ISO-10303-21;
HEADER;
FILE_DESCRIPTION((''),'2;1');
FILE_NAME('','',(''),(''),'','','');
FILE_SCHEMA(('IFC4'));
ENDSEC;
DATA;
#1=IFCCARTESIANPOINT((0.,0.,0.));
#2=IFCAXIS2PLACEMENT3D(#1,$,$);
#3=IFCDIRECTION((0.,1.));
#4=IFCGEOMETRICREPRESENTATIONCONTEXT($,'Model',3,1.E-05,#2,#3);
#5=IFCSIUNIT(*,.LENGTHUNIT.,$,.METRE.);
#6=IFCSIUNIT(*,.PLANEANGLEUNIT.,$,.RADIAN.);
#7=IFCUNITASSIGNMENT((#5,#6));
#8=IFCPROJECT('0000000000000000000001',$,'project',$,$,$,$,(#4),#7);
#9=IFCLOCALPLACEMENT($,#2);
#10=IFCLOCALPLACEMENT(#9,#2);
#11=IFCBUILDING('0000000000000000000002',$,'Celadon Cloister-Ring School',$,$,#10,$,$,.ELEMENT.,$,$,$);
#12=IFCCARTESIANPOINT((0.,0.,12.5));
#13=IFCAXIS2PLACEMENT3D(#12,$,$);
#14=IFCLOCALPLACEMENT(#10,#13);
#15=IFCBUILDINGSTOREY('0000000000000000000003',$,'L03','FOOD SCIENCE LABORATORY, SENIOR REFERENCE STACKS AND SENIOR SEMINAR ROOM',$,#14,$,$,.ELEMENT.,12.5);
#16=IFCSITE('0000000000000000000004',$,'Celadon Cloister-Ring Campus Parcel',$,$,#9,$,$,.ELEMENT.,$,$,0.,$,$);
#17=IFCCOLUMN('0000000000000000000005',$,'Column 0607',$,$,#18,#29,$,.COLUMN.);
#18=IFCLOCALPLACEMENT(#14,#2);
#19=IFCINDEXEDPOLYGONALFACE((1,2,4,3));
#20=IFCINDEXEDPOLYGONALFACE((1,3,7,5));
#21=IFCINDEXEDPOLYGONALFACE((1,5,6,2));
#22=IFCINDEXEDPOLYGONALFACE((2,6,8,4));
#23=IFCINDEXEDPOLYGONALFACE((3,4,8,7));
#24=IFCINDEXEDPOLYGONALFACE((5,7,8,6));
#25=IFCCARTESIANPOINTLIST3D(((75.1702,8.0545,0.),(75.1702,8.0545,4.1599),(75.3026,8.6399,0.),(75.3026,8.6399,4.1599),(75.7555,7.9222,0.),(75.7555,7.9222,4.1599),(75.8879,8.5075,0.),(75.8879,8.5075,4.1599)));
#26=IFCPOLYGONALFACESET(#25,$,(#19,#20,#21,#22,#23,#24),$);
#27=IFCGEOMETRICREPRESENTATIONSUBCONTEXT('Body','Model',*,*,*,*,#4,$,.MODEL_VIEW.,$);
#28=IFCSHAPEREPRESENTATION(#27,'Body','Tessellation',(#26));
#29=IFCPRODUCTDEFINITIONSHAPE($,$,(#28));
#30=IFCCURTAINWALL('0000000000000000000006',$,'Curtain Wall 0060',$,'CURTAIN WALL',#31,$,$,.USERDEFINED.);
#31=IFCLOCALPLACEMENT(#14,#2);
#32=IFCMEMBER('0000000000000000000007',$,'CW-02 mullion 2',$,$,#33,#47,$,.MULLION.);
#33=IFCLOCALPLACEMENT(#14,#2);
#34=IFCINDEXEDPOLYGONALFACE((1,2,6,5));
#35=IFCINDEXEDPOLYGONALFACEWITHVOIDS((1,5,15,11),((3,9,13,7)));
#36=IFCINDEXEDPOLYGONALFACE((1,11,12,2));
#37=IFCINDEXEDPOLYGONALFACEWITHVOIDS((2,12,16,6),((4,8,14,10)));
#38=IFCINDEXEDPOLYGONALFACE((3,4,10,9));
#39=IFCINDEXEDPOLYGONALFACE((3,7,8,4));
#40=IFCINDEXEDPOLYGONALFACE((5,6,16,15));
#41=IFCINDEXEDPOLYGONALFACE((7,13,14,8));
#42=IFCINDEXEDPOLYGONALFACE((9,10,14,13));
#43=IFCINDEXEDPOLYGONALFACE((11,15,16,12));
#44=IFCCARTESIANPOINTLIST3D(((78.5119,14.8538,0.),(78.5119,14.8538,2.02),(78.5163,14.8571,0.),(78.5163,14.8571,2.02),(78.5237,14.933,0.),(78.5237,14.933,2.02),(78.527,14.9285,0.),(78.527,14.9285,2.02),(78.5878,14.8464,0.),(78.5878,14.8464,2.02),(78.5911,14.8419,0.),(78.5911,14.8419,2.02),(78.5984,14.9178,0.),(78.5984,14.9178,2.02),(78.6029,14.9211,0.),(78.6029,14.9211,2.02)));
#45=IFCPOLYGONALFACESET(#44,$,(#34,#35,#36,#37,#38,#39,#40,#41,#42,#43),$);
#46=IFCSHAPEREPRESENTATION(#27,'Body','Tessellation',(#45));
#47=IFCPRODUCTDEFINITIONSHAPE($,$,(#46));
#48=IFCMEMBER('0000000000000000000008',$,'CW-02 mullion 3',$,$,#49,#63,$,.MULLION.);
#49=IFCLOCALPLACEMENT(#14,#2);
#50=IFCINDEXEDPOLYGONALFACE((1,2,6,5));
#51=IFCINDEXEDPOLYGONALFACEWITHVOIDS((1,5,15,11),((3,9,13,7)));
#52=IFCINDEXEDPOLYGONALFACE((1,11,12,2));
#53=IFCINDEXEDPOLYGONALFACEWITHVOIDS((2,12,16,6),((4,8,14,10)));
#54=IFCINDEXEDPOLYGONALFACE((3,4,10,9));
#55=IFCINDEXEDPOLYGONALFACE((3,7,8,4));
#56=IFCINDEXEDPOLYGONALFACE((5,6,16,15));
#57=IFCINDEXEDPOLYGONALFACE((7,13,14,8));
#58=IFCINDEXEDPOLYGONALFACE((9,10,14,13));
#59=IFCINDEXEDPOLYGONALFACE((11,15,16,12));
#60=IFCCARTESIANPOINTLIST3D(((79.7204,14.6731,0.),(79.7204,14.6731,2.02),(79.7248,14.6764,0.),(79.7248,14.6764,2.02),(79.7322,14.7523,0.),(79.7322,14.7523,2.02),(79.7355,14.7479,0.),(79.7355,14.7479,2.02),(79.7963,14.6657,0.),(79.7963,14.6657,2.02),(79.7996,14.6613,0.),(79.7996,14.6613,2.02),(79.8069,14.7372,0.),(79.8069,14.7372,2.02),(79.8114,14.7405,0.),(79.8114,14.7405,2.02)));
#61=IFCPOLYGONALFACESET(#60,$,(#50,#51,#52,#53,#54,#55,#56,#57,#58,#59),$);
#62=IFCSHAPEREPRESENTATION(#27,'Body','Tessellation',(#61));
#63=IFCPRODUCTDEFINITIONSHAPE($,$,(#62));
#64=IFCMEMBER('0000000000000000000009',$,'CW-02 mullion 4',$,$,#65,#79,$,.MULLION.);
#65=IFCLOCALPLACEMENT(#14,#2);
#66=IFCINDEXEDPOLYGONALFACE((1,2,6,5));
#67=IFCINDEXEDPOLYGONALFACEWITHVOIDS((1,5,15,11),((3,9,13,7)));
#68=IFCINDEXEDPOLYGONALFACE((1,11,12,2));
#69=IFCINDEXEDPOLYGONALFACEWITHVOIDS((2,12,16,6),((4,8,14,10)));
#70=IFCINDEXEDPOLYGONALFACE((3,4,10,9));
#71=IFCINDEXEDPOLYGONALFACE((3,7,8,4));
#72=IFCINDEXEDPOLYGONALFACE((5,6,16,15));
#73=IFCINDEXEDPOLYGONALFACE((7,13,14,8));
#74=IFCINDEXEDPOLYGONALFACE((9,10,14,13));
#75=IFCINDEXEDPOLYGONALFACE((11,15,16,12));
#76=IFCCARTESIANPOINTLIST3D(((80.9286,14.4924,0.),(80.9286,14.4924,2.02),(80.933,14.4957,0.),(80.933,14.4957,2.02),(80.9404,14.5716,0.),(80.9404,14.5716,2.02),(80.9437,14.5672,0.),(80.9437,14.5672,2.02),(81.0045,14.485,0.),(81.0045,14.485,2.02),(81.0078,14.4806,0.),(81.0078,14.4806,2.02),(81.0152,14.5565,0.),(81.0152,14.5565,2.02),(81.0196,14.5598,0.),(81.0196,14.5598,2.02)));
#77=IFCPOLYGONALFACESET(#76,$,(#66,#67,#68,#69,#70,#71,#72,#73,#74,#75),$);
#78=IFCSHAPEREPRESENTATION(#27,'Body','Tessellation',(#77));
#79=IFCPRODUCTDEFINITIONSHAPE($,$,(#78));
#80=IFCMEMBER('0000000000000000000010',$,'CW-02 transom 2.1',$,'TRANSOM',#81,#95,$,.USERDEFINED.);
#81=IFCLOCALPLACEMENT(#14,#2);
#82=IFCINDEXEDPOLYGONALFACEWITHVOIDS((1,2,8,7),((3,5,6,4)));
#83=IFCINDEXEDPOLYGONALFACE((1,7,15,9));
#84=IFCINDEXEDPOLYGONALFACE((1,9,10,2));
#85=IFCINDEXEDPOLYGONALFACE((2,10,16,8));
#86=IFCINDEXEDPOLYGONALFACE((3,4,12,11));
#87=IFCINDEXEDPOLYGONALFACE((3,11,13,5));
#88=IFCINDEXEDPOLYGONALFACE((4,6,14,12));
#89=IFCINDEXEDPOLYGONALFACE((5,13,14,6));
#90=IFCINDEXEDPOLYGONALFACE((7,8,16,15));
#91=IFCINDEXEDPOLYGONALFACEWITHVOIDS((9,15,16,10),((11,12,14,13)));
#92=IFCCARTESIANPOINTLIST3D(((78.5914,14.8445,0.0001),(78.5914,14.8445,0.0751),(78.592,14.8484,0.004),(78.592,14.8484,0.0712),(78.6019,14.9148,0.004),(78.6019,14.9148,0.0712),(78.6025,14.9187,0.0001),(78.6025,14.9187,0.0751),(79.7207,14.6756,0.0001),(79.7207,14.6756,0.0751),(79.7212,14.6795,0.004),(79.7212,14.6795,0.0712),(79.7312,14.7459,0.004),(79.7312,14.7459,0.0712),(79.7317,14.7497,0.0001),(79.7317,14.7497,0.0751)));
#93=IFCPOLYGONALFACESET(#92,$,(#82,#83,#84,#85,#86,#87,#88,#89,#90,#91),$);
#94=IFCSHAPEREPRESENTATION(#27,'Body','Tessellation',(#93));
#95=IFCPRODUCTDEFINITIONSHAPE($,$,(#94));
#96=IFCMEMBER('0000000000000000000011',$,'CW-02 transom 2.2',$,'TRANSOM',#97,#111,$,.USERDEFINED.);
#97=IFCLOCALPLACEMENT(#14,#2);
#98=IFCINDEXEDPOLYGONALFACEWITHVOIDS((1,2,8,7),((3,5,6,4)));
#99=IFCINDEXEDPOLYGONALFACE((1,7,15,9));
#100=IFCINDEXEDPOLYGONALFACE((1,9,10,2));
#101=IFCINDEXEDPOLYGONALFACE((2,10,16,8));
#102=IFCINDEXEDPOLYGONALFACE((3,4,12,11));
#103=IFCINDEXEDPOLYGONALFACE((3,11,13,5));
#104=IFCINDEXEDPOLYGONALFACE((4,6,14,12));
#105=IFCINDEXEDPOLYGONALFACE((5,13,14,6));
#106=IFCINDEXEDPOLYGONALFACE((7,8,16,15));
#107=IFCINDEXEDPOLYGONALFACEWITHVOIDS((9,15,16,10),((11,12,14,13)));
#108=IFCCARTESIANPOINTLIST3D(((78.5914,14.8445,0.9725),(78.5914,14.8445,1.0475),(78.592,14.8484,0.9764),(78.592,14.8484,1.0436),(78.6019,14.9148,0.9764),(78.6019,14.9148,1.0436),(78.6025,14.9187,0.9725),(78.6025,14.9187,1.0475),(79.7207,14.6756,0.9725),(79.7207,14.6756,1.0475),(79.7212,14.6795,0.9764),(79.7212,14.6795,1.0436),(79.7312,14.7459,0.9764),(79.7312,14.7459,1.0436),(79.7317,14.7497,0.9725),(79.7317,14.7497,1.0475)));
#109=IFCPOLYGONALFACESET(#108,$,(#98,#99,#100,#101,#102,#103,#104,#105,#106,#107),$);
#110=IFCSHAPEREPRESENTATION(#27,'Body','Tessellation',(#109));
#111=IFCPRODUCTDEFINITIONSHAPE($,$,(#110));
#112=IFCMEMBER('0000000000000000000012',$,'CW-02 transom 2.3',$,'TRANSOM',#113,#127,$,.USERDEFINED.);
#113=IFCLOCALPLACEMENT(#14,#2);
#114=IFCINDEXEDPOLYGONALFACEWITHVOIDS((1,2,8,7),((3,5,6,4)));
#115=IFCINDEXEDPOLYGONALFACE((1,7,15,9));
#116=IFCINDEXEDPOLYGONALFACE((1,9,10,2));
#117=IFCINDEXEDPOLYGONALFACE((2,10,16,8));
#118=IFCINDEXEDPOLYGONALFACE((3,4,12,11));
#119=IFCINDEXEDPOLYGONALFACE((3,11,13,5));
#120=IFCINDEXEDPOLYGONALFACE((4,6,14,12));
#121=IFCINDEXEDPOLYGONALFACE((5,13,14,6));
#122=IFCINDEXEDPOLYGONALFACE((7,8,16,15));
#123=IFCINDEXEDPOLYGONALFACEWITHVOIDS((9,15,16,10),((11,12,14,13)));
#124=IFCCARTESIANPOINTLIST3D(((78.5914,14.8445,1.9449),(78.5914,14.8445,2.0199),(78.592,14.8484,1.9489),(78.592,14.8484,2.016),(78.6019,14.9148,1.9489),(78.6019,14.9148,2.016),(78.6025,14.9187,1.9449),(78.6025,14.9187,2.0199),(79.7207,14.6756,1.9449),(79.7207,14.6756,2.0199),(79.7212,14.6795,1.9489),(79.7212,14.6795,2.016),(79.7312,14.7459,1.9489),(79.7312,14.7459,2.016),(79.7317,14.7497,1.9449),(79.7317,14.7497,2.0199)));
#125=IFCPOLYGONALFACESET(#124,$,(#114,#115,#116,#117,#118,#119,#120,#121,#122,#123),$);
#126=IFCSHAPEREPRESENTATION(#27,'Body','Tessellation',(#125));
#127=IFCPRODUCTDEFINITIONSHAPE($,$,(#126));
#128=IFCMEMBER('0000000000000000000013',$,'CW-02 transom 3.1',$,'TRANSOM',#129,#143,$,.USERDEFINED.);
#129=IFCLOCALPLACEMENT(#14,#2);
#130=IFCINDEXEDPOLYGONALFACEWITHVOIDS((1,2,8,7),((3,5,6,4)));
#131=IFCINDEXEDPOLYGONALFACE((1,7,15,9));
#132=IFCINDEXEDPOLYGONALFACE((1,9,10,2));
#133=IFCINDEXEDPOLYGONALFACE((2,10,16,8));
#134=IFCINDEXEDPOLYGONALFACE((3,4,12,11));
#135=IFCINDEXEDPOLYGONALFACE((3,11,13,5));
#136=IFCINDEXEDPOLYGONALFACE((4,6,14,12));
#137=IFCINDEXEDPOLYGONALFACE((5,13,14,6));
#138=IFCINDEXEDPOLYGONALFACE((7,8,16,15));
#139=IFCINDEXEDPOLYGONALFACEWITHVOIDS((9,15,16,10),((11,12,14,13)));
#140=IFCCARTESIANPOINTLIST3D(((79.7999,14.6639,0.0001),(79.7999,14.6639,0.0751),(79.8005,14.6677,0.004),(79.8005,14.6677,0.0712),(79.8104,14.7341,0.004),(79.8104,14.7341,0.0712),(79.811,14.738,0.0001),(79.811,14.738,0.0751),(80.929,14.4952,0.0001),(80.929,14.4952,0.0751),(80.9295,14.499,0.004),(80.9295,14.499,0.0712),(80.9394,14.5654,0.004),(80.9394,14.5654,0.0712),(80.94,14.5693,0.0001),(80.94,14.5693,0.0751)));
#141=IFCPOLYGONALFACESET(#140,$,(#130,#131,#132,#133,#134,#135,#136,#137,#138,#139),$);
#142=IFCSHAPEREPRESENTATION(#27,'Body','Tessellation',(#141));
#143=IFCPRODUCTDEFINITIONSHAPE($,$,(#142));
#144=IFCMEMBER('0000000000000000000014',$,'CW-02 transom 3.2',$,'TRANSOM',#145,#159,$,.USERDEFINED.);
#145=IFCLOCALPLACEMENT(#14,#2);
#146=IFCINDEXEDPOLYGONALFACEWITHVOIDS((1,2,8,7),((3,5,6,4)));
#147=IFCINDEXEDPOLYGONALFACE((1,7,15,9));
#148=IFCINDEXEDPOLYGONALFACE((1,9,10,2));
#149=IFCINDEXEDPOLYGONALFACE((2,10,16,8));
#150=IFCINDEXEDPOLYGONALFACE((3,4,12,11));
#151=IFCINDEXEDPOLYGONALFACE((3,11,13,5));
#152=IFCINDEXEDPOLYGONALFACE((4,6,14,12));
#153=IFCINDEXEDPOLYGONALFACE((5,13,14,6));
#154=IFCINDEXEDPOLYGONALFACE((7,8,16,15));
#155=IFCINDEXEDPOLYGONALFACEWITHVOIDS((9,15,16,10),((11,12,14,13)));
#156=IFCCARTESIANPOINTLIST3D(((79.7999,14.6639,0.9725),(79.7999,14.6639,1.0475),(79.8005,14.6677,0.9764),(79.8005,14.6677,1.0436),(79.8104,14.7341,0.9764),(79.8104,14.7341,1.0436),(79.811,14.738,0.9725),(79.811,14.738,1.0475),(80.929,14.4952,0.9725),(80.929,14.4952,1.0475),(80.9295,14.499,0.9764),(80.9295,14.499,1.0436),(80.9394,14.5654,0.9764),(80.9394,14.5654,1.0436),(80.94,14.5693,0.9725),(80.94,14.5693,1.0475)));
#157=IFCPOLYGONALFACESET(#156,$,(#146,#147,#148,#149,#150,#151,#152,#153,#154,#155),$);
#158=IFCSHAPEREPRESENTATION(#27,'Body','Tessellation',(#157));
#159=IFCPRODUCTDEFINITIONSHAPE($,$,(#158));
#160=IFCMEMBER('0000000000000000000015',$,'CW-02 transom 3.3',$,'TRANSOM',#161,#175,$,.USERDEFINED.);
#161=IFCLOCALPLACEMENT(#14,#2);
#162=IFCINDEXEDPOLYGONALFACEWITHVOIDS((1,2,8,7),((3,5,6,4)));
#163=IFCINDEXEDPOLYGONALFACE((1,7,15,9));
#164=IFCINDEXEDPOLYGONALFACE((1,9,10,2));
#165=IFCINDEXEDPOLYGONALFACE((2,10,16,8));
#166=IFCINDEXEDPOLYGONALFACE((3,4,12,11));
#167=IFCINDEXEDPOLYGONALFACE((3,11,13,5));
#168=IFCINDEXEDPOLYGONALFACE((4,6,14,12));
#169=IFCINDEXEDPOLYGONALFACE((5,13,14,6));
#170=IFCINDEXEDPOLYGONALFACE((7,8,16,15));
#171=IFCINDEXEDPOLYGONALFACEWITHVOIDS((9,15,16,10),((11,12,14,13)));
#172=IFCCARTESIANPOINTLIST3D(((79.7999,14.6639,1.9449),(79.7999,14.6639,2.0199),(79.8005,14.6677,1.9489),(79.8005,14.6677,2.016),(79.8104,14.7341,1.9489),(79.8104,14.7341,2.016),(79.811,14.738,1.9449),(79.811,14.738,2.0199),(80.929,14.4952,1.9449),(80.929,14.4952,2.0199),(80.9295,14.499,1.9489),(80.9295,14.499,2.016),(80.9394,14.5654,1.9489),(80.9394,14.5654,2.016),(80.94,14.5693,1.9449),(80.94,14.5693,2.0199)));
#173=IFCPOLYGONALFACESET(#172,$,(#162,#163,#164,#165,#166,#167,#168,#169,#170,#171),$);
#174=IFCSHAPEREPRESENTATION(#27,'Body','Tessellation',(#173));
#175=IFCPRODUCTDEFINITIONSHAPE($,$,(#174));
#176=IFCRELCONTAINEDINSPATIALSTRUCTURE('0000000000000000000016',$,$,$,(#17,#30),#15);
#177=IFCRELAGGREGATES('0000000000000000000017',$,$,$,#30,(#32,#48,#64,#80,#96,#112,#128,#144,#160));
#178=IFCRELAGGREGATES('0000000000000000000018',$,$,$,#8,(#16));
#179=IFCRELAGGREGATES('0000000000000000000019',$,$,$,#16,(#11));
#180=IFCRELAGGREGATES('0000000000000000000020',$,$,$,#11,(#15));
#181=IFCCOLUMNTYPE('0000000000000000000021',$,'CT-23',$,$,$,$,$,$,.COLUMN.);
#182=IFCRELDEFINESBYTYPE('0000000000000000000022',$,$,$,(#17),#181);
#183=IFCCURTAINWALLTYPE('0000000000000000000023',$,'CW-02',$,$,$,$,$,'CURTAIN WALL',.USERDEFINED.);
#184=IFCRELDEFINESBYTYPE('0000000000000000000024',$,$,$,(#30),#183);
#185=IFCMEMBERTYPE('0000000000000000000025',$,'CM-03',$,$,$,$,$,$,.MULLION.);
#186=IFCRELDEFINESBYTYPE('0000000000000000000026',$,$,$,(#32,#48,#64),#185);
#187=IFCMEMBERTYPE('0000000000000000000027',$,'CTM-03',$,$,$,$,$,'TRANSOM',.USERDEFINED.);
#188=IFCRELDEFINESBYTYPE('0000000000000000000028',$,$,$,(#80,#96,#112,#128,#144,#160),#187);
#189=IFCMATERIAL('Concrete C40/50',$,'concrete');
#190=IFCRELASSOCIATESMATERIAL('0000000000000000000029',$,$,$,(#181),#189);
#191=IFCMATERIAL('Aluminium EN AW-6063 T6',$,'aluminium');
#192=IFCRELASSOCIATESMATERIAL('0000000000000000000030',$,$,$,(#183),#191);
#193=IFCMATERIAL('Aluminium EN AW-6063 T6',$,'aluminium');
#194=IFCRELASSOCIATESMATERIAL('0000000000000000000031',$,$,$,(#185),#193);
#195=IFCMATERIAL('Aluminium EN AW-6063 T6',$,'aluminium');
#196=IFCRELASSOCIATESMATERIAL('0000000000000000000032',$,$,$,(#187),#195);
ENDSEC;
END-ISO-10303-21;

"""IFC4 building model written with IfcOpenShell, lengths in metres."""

from ifc_helpers import new_model, si_unit, direction, frame, origin, origin_2d, place, context, subcontext, project, spatial, rectangle, hollow_rectangle, extrude, material, material_profile, profile_set, type_object, element, aggregate, save


model = new_model("IFC4")

# Units and contexts
model_context = context("Model", 3, precision=1e-05, world=origin(), true_north=direction((0.0, 1.0)))
body_context = subcontext(model_context, "Body", "Model", "MODEL_VIEW")
ifc_project = project(units=[si_unit("LENGTHUNIT", "METRE"), si_unit("PLANEANGLEUNIT", "RADIAN")], contexts=[model_context])

# Site, building, storey
site_placement = place(None, origin())
site = spatial("IfcSite", under=ifc_project, at=site_placement, Name="Celadon Cloister-Ring Campus Parcel", CompositionType="ELEMENT", RefElevation=0.0)
building_placement = place(site_placement, origin())
building = spatial("IfcBuilding", under=site, at=building_placement, Name="Celadon Cloister-Ring School", CompositionType="ELEMENT")
storey_placement = place(building_placement, frame((0.0, 0.0, 12.5)))
storey = spatial("IfcBuildingStorey", under=building, at=storey_placement, Name="L03", Description="FOOD SCIENCE LABORATORY, SENIOR REFERENCE STACKS AND SENIOR SEMINAR ROOM", CompositionType="ELEMENT", Elevation=12.5)

# Column
ifc_material_1 = material(Name="Concrete C40/50", Category="concrete")
ifc_material_profile_1 = material_profile(ifc_material_1, rectangle(XDim=0.6001, YDim=0.6001, at=origin_2d()), Name="RC600X600")
ifc_profile_set_1 = profile_set([ifc_material_profile_1], Name="Concrete C40/50")
column_type = type_object("IfcColumnType", Name="CT-23", PredefinedType="COLUMN", material=ifc_profile_set_1)
column_placement = place(storey_placement, frame((75.5291, 8.281, 0.0), z_axis=(0.0, 0.0, 1.0), x_axis=(-0.220595, -0.975365, 0.0)))
element("IfcColumn", 1, at=column_placement, inside=storey, type_object=column_type, Name="Column 0607", PredefinedType="COLUMN", context=body_context, shape_type="SweptSolid", body=[
    extrude(rectangle(XDim=0.6001, YDim=0.6001, at=origin_2d()), origin(), (0.0, 0.0, 1.0), 4.1599),
])

# Curtain wall, members
ifc_material_2 = material(Name="Aluminium EN AW-6063 T6", Category="aluminium")
curtain_wall_type = type_object("IfcCurtainWallType", Name="CW-02", ElementType="CURTAIN WALL", PredefinedType="USERDEFINED", material=ifc_material_2)
curtain_wall_placement = place(storey_placement, origin())
curtain_wall = element("IfcCurtainWall", 2, at=curtain_wall_placement, inside=storey, type_object=curtain_wall_type, Name="Curtain Wall 0060", ObjectType="CURTAIN WALL", PredefinedType="USERDEFINED")
ifc_material_3 = material(Name="Aluminium EN AW-6063 T6", Category="aluminium")
ifc_material_profile_2 = material_profile(ifc_material_3, hollow_rectangle(XDim=0.0801, YDim=0.0801, WallThickness=0.0039, at=origin_2d()), Name="RHS80X80X4")
ifc_profile_set_2 = profile_set([ifc_material_profile_2], Name="Aluminium EN AW-6063 T6")
member_type_1 = type_object("IfcMemberType", Name="CM-03", PredefinedType="MULLION", material=ifc_profile_set_2)
member_1_placement = place(storey_placement, frame((78.5574, 14.8875, 0.0), z_axis=(0.0, 0.0, 1.0), x_axis=(0.147812, 0.989015, 0.0)))
member_1 = element("IfcMember", 3, at=member_1_placement, type_object=member_type_1, Name="CW-02 mullion 2", PredefinedType="MULLION", context=body_context, shape_type="SweptSolid", body=[
    extrude(hollow_rectangle(XDim=0.0801, YDim=0.0801, WallThickness=0.0039, at=origin_2d()), origin(), (0.0, 0.0, 1.0), 2.02),
])
member_2_placement = place(storey_placement, frame((79.7659, 14.7068, 0.0), z_axis=(0.0, 0.0, 1.0), x_axis=(0.147812, 0.989015, 0.0)))
member_2 = element("IfcMember", 4, at=member_2_placement, type_object=member_type_1, Name="CW-02 mullion 3", PredefinedType="MULLION", context=body_context, shape_type="SweptSolid", body=[
    extrude(hollow_rectangle(XDim=0.0801, YDim=0.0801, WallThickness=0.0039, at=origin_2d()), origin(), (0.0, 0.0, 1.0), 2.02),
])
member_3_placement = place(storey_placement, frame((80.9741, 14.5261, 0.0), z_axis=(0.0, 0.0, 1.0), x_axis=(0.147812, 0.989015, 0.0)))
member_3 = element("IfcMember", 5, at=member_3_placement, type_object=member_type_1, Name="CW-02 mullion 4", PredefinedType="MULLION", context=body_context, shape_type="SweptSolid", body=[
    extrude(hollow_rectangle(XDim=0.0801, YDim=0.0801, WallThickness=0.0039, at=origin_2d()), origin(), (0.0, 0.0, 1.0), 2.02),
])
ifc_material_4 = material(Name="Aluminium EN AW-6063 T6", Category="aluminium")
ifc_material_profile_3 = material_profile(ifc_material_4, hollow_rectangle(XDim=0.075, YDim=0.075, WallThickness=0.0039, at=origin_2d()), Name="RHS75X75X4")
ifc_profile_set_3 = profile_set([ifc_material_profile_3], Name="Aluminium EN AW-6063 T6")
member_type_2 = type_object("IfcMemberType", Name="CTM-03", ElementType="TRANSOM", PredefinedType="USERDEFINED", material=ifc_profile_set_3)
member_4_placement = place(storey_placement, frame((78.5969, 14.8816, 0.0376), z_axis=(0.988996, -0.147943, 0.0), x_axis=(0.147943, 0.988996, 0.0)))
member_4 = element("IfcMember", 6, at=member_4_placement, type_object=member_type_2, Name="CW-02 transom 2.1", ObjectType="TRANSOM", PredefinedType="USERDEFINED", context=body_context, shape_type="SweptSolid", body=[
    extrude(hollow_rectangle(XDim=0.075, YDim=0.075, WallThickness=0.0039, at=origin_2d()), origin(), (0.0, 0.0, 1.0), 1.1418),
])
member_5_placement = place(storey_placement, frame((78.5969, 14.8816, 1.01), z_axis=(0.988996, -0.147943, 0.0), x_axis=(0.147943, 0.988996, 0.0)))
member_5 = element("IfcMember", 7, at=member_5_placement, type_object=member_type_2, Name="CW-02 transom 2.2", ObjectType="TRANSOM", PredefinedType="USERDEFINED", context=body_context, shape_type="SweptSolid", body=[
    extrude(hollow_rectangle(XDim=0.075, YDim=0.075, WallThickness=0.0039, at=origin_2d()), origin(), (0.0, 0.0, 1.0), 1.1418),
])
member_6_placement = place(storey_placement, frame((78.5969, 14.8816, 1.9824), z_axis=(0.988996, -0.147943, 0.0), x_axis=(0.147943, 0.988996, 0.0)))
member_6 = element("IfcMember", 8, at=member_6_placement, type_object=member_type_2, Name="CW-02 transom 2.3", ObjectType="TRANSOM", PredefinedType="USERDEFINED", context=body_context, shape_type="SweptSolid", body=[
    extrude(hollow_rectangle(XDim=0.075, YDim=0.075, WallThickness=0.0039, at=origin_2d()), origin(), (0.0, 0.0, 1.0), 1.1418),
])
member_7_placement = place(storey_placement, frame((79.8054, 14.7009, 0.0376), z_axis=(0.989022, -0.147765, 0.0), x_axis=(0.147765, 0.989022, 0.0)))
member_7 = element("IfcMember", 9, at=member_7_placement, type_object=member_type_2, Name="CW-02 transom 3.1", ObjectType="TRANSOM", PredefinedType="USERDEFINED", context=body_context, shape_type="SweptSolid", body=[
    extrude(hollow_rectangle(XDim=0.075, YDim=0.075, WallThickness=0.0039, at=origin_2d()), origin(), (0.0, 0.0, 1.0), 1.1416),
])
member_8_placement = place(storey_placement, frame((79.8054, 14.7009, 1.01), z_axis=(0.989022, -0.147765, 0.0), x_axis=(0.147765, 0.989022, 0.0)))
member_8 = element("IfcMember", 10, at=member_8_placement, type_object=member_type_2, Name="CW-02 transom 3.2", ObjectType="TRANSOM", PredefinedType="USERDEFINED", context=body_context, shape_type="SweptSolid", body=[
    extrude(hollow_rectangle(XDim=0.075, YDim=0.075, WallThickness=0.0039, at=origin_2d()), origin(), (0.0, 0.0, 1.0), 1.1416),
])
member_9_placement = place(storey_placement, frame((79.8054, 14.7009, 1.9824), z_axis=(0.989022, -0.147765, 0.0), x_axis=(0.147765, 0.989022, 0.0)))
member_9 = element("IfcMember", 11, at=member_9_placement, type_object=member_type_2, Name="CW-02 transom 3.3", ObjectType="TRANSOM", PredefinedType="USERDEFINED", context=body_context, shape_type="SweptSolid", body=[
    extrude(hollow_rectangle(XDim=0.075, YDim=0.075, WallThickness=0.0039, at=origin_2d()), origin(), (0.0, 0.0, 1.0), 1.1416),
])

aggregate(curtain_wall, [member_1, member_2, member_3, member_4, member_5, member_6, member_7, member_8, member_9])

save(model, "model.ifc")
